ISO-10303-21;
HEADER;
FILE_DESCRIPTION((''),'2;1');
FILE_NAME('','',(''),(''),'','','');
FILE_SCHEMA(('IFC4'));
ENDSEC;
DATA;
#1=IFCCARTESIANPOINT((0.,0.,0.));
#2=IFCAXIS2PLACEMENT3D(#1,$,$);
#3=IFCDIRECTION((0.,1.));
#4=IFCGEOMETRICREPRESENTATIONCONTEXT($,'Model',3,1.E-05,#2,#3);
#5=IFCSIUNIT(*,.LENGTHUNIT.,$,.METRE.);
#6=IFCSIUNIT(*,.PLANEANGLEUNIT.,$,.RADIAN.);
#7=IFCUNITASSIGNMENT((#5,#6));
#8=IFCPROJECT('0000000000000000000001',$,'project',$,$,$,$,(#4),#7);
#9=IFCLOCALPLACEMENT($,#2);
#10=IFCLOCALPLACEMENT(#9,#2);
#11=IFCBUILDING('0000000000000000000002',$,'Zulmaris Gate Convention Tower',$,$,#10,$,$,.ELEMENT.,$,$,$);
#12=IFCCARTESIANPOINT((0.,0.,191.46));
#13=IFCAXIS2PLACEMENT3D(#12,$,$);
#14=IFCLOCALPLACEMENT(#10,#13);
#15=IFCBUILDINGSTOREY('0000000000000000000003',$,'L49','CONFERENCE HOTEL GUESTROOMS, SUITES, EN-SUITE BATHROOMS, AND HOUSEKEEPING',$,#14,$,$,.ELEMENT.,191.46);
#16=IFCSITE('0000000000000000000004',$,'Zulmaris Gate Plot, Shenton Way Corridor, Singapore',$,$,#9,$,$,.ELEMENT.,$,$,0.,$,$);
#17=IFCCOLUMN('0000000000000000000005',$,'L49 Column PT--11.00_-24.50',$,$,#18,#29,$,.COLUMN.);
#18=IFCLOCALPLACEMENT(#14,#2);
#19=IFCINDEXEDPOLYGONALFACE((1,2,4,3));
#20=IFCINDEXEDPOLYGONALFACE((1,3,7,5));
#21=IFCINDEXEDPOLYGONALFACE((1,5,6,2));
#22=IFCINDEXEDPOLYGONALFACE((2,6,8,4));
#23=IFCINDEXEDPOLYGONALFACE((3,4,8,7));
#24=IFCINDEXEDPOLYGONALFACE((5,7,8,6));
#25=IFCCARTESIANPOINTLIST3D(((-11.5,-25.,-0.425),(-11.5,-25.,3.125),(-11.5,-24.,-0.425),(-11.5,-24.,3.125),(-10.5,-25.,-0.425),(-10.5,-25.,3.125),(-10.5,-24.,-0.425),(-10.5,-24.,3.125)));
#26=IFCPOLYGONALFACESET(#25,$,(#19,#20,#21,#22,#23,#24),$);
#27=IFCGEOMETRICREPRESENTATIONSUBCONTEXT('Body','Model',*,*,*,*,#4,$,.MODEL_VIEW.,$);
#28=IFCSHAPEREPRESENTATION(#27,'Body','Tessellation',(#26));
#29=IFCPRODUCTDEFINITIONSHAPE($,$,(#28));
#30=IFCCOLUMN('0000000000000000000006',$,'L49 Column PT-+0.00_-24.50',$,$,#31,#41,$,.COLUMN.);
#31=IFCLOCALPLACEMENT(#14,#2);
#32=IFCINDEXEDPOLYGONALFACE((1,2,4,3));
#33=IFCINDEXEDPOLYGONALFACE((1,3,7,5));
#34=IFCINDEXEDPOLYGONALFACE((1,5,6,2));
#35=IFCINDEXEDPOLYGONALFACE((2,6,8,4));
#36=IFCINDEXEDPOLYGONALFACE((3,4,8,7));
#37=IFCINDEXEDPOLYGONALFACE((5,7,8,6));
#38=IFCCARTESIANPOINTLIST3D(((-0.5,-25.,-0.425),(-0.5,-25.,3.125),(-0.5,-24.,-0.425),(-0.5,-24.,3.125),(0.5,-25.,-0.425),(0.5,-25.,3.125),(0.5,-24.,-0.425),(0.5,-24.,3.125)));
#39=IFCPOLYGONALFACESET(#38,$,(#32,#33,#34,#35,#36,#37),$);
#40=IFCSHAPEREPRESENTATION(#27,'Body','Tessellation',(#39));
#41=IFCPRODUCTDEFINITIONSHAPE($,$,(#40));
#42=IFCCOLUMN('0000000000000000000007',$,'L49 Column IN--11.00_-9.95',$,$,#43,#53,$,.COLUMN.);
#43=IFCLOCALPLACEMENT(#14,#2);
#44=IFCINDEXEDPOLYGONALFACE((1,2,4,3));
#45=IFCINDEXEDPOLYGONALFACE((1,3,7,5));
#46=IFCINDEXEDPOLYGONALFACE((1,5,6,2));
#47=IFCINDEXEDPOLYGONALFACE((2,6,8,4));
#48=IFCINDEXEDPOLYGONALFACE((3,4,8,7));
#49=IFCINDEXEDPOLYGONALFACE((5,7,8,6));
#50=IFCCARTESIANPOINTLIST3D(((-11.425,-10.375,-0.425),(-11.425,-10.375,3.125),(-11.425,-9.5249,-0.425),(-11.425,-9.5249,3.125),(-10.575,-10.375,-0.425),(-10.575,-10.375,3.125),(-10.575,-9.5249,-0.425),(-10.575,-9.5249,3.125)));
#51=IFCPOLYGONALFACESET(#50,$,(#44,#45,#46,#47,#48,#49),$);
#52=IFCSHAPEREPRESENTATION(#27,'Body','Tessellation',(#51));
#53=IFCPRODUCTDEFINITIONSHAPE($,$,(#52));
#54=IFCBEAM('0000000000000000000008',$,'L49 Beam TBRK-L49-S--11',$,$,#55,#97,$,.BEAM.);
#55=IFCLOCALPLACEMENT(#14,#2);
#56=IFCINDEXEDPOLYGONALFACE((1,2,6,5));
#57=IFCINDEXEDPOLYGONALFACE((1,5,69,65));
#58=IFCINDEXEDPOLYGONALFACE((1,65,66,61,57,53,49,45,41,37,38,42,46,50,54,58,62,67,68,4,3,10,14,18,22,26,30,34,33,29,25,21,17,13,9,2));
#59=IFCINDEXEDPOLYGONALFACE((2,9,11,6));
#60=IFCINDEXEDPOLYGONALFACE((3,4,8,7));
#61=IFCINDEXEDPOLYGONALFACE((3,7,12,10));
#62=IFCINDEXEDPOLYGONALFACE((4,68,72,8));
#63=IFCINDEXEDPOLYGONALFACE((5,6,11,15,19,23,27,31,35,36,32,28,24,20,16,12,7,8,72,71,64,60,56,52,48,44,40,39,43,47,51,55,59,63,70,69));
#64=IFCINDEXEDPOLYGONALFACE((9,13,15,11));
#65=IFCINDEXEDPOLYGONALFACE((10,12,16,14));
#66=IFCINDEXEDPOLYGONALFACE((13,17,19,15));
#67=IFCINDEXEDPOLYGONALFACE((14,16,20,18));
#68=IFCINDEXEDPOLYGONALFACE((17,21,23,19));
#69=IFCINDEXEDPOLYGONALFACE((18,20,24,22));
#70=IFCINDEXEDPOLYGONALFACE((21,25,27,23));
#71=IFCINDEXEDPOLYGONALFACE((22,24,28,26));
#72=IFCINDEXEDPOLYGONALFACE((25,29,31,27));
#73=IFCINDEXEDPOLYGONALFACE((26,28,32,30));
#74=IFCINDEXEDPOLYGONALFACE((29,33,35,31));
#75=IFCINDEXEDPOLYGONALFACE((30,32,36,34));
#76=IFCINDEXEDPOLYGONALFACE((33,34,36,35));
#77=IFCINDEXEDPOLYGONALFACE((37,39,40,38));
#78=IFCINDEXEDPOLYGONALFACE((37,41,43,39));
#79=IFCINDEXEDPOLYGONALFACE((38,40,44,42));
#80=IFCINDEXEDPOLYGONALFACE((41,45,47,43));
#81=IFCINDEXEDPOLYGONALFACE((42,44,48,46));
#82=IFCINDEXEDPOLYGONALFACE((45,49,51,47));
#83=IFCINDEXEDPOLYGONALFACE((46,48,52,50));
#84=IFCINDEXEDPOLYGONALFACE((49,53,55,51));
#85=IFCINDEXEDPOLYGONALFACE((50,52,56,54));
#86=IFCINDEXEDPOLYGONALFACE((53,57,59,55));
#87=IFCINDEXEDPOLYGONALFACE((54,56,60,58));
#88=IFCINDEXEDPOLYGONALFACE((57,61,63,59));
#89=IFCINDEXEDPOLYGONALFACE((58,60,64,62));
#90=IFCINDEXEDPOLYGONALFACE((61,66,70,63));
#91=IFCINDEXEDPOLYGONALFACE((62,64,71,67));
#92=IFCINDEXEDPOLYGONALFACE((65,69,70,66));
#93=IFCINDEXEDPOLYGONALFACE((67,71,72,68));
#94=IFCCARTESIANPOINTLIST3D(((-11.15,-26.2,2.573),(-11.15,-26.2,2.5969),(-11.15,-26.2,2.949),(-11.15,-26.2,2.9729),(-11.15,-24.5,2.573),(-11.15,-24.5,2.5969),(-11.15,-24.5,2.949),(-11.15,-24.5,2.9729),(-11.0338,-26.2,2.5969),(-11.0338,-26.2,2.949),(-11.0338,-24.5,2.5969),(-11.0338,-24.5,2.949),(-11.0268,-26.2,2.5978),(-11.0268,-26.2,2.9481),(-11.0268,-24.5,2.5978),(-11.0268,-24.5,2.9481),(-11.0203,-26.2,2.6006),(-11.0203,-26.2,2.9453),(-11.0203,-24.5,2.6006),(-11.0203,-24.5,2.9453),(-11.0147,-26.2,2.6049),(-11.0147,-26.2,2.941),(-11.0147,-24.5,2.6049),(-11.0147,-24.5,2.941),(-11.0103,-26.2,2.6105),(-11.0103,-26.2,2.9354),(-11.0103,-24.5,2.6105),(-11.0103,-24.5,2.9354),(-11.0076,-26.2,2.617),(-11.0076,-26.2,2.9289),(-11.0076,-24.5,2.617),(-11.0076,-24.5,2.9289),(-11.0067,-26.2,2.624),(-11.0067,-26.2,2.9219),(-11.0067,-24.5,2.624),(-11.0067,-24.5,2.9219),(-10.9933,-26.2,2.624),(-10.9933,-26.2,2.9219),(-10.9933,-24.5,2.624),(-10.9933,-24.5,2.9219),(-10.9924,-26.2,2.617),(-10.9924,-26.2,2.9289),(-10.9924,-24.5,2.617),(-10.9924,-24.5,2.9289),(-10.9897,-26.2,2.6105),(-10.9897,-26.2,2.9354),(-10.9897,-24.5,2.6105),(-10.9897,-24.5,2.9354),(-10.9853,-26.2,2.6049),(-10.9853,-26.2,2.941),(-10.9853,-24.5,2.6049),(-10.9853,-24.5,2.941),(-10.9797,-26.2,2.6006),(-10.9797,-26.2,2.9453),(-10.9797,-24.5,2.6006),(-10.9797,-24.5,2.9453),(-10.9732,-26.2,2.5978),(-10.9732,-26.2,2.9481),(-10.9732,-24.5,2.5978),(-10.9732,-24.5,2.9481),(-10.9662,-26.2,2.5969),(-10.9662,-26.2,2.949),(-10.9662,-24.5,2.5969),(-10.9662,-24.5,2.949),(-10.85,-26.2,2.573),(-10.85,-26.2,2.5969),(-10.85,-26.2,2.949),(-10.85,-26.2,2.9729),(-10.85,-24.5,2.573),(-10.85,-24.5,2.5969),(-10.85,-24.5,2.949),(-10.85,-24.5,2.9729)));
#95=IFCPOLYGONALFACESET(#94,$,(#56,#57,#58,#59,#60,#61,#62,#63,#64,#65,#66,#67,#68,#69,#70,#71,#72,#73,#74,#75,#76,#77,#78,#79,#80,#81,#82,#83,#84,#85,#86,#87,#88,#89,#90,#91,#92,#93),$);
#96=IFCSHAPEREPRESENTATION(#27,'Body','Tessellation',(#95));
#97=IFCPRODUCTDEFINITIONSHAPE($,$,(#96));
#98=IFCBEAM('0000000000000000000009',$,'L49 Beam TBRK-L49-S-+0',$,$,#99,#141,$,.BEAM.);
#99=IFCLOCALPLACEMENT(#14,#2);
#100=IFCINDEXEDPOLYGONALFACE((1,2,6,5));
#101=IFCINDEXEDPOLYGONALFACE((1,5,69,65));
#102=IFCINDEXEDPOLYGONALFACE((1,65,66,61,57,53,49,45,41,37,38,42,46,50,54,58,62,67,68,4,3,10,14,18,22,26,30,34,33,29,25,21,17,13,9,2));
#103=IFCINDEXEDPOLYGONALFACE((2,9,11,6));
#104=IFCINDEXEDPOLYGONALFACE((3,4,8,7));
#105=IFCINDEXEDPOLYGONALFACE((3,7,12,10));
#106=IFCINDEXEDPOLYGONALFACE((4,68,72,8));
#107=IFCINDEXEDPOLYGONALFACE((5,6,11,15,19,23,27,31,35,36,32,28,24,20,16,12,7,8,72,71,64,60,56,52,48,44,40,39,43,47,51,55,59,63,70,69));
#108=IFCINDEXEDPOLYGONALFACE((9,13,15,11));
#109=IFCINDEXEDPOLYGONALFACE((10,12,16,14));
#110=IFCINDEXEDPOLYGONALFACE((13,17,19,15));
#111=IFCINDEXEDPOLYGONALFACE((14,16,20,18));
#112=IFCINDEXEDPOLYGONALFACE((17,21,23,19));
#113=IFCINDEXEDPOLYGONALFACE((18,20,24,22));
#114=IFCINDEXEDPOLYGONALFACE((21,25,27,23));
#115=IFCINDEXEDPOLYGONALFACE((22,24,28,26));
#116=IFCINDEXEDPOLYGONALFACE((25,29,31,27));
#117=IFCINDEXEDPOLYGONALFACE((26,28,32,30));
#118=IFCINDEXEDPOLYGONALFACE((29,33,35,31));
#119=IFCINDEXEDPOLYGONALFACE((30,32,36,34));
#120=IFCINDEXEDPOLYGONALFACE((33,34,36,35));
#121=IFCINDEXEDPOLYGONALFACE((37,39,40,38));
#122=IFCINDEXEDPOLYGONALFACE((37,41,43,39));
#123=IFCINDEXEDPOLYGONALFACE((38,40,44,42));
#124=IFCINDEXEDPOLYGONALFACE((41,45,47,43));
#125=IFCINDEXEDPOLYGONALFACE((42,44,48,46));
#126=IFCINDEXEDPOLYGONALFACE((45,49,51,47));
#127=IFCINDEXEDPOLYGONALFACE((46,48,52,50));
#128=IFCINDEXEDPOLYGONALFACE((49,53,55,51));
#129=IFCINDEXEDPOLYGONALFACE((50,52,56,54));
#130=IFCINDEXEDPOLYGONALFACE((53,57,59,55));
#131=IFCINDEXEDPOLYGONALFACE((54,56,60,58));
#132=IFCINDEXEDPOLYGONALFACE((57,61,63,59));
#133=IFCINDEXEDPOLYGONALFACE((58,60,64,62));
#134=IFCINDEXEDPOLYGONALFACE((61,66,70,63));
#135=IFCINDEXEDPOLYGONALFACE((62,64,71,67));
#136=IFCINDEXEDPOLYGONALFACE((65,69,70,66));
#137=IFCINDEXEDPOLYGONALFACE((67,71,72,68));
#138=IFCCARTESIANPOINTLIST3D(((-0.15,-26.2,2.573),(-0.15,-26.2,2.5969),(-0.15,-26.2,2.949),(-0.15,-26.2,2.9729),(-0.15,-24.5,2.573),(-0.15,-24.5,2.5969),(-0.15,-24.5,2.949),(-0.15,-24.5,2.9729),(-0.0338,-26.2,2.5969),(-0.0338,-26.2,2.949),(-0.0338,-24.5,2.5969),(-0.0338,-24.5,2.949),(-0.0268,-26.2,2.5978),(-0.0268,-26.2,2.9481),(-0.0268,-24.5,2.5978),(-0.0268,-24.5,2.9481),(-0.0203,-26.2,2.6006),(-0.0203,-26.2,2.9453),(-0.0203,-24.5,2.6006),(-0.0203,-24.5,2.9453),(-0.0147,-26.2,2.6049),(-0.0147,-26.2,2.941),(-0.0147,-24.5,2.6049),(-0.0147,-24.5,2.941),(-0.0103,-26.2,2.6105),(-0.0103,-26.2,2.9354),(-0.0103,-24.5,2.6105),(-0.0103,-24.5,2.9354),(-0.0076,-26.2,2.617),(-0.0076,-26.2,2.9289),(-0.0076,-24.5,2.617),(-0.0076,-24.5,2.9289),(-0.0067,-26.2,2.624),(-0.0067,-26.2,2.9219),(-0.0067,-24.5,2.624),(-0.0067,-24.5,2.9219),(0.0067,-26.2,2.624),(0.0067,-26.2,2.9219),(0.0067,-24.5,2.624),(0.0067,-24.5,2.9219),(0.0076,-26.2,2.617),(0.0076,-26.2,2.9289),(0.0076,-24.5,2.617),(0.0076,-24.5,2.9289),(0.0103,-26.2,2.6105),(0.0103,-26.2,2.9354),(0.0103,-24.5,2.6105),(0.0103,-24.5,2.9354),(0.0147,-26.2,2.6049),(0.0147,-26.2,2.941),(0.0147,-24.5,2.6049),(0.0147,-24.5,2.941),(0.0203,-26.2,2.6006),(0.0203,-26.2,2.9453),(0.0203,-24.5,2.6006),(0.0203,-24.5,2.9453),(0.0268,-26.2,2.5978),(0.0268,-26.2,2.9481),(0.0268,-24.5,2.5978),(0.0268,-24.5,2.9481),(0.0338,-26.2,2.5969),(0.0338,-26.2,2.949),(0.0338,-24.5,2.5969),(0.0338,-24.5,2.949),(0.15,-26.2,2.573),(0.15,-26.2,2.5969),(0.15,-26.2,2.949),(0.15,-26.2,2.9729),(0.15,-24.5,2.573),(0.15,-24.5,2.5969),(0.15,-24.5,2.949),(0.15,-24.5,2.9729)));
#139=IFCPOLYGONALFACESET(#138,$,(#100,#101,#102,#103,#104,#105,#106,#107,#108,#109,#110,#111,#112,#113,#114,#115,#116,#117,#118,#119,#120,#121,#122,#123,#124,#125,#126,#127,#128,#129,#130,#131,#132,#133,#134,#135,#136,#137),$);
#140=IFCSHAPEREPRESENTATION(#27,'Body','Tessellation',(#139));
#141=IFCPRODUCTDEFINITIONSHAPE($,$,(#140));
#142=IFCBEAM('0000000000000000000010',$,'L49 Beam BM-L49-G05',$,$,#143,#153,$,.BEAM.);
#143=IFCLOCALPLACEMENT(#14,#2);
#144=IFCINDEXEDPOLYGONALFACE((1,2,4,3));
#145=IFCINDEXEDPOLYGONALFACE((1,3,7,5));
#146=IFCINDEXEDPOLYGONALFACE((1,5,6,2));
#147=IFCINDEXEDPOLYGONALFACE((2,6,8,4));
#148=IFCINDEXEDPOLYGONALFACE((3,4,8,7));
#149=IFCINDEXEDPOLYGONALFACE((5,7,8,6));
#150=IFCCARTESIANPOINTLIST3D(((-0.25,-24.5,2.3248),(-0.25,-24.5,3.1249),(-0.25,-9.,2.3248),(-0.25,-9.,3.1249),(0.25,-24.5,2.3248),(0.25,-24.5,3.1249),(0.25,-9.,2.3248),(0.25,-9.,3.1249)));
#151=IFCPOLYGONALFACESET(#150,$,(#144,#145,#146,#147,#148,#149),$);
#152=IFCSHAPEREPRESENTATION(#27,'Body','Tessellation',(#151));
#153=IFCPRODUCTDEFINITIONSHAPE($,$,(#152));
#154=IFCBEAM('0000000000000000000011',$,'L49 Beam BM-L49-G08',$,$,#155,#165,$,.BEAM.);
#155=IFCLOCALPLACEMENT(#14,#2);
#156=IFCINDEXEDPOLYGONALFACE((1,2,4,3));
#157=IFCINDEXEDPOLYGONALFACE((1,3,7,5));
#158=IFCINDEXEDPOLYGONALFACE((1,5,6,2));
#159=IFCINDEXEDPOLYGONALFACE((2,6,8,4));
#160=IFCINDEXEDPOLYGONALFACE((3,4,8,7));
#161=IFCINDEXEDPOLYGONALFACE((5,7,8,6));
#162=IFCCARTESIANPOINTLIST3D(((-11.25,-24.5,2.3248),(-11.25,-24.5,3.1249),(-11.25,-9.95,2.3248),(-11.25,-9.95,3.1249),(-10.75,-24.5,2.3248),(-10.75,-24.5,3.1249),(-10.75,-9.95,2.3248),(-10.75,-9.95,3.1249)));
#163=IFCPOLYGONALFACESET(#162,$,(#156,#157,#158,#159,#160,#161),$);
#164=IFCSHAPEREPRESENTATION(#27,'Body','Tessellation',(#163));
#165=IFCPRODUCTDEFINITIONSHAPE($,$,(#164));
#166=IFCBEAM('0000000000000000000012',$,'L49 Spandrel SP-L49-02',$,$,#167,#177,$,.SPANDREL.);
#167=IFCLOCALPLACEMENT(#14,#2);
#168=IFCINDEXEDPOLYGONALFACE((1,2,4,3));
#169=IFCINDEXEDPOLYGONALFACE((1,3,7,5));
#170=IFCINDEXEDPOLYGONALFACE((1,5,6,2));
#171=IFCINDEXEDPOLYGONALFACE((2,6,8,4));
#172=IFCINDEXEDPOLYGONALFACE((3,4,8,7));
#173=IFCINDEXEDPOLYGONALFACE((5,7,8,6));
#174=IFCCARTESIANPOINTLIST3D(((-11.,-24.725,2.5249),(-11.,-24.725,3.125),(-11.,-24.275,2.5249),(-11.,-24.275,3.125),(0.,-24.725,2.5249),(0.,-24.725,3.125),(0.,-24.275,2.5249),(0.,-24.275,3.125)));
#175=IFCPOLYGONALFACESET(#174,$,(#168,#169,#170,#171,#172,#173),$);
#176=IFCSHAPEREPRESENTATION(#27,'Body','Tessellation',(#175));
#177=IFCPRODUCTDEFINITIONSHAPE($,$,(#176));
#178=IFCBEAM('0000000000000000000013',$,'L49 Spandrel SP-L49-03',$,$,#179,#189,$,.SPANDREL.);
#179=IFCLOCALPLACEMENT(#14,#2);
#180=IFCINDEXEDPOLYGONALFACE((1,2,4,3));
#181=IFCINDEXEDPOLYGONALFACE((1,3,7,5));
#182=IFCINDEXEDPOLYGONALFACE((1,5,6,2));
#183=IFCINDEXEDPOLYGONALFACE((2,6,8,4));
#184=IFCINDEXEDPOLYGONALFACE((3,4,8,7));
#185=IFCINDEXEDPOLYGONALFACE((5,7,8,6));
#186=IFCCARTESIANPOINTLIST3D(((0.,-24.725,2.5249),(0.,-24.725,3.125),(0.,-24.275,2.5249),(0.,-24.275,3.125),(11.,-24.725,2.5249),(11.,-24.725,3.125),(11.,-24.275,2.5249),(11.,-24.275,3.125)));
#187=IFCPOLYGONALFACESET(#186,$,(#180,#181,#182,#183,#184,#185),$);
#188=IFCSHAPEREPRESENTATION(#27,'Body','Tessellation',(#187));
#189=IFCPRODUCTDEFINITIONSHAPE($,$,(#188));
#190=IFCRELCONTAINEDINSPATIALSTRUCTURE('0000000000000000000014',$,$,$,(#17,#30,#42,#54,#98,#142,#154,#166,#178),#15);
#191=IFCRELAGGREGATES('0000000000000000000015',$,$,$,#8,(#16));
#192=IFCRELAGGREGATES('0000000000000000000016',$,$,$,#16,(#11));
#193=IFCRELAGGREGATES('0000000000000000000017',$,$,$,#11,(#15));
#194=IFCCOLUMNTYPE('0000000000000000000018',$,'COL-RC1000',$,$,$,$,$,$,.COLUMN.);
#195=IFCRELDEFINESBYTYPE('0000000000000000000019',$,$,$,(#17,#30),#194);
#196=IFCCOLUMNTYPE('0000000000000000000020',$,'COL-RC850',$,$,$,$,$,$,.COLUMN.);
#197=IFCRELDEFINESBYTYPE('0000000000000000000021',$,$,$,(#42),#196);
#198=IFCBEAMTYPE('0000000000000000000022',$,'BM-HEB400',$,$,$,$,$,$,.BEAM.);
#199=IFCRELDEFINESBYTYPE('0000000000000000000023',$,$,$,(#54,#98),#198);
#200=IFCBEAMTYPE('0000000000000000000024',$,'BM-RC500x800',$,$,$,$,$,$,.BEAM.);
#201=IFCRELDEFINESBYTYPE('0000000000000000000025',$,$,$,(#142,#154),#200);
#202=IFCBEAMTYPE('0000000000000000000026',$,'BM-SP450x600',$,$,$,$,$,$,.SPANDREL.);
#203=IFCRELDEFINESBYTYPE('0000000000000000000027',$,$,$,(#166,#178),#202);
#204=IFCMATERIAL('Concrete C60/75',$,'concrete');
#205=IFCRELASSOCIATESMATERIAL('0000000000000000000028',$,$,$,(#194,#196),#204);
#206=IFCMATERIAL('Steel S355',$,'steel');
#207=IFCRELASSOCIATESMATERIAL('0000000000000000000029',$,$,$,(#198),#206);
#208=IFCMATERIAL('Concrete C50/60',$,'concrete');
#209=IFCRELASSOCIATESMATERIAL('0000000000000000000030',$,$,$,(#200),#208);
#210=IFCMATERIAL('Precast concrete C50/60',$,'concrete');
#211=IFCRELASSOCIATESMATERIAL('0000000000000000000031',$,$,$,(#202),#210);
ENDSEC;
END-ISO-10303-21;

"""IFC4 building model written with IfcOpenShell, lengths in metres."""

from ifc_helpers import new_model, si_unit, direction, frame, origin, origin_2d, place, context, subcontext, project, spatial, rectangle, i_section, extrude, material, material_profile, profile_set, type_object, element, save


model = new_model("IFC4")

# Units and contexts
model_context = context("Model", 3, precision=1e-05, world=origin(), true_north=direction((0.0, 1.0)))
body_context = subcontext(model_context, "Body", "Model", "MODEL_VIEW")
ifc_project = project(units=[si_unit("LENGTHUNIT", "METRE"), si_unit("PLANEANGLEUNIT", "RADIAN")], contexts=[model_context])

# Site, building, storey
site_placement = place(None, origin())
site = spatial("IfcSite", under=ifc_project, at=site_placement, Name="Zulmaris Gate Plot, Shenton Way Corridor, Singapore", CompositionType="ELEMENT", RefElevation=0.0)
building_placement = place(site_placement, origin())
building = spatial("IfcBuilding", under=site, at=building_placement, Name="Zulmaris Gate Convention Tower", CompositionType="ELEMENT")
storey_placement = place(building_placement, frame((0.0, 0.0, 191.46)))
storey = spatial("IfcBuildingStorey", under=building, at=storey_placement, Name="L49", Description="CONFERENCE HOTEL GUESTROOMS, SUITES, EN-SUITE BATHROOMS, AND HOUSEKEEPING", CompositionType="ELEMENT", Elevation=191.46)

# Columns
ifc_material_1 = material(Name="Concrete C60/75", Category="concrete")
ifc_material_profile_1 = material_profile(ifc_material_1, rectangle(XDim=1.0, YDim=1.0, at=origin_2d()), Name="RC COL 1000x1000")
ifc_profile_set_1 = profile_set([ifc_material_profile_1], Name="Concrete C60/75")
column_type_1 = type_object("IfcColumnType", Name="COL-RC1000", PredefinedType="COLUMN", material=ifc_profile_set_1)
for number, where, z_axis, x_axis, name in (
    (1, (-11.0, -24.5, -0.425), (0.0, 0.0, 1.0), (1.0, 0.0, 0.0), "L49 Column PT--11.00_-24.50"),
    (2, (0.0, -24.5, -0.425), (0.0, 0.0, 1.0), (1.0, 0.0, 0.0), "L49 Column PT-+0.00_-24.50"),
):
    element("IfcColumn", number, at=place(storey_placement, frame(where, z_axis=z_axis, x_axis=x_axis)), inside=storey, type_object=column_type_1, Name=name, PredefinedType="COLUMN", context=body_context, shape_type="SweptSolid", body=[
        extrude(rectangle(XDim=1.0, YDim=1.0, at=origin_2d()), origin(), (0.0, 0.0, 1.0), 3.55),
    ])
ifc_material_profile_2 = material_profile(ifc_material_1, rectangle(XDim=0.8501, YDim=0.8501, at=origin_2d()), Name="RC COL 850x850")
ifc_profile_set_2 = profile_set([ifc_material_profile_2], Name="Concrete C60/75")
column_type_2 = type_object("IfcColumnType", Name="COL-RC850", PredefinedType="COLUMN", material=ifc_profile_set_2)
column_placement = place(storey_placement, frame((-11.0, -9.95, -0.425), z_axis=(0.0, 0.0, 1.0), x_axis=(1.0, 0.0, 0.0)))
element("IfcColumn", 3, at=column_placement, inside=storey, type_object=column_type_2, Name="L49 Column IN--11.00_-9.95", PredefinedType="COLUMN", context=body_context, shape_type="SweptSolid", body=[
    extrude(rectangle(XDim=0.8501, YDim=0.8501, at=origin_2d()), origin(), (0.0, 0.0, 1.0), 3.55),
])

# Beams
ifc_material_2 = material(Name="Steel S355", Category="steel")
ifc_material_profile_3 = material_profile(ifc_material_2, i_section(OverallWidth=0.3, OverallDepth=0.3999, WebThickness=0.0134, FlangeThickness=0.0239, FilletRadius=0.0271, at=origin_2d()), Name="HEB 400")
ifc_profile_set_3 = profile_set([ifc_material_profile_3], Name="Steel S355")
beam_type_1 = type_object("IfcBeamType", Name="BM-HEB400", PredefinedType="BEAM", material=ifc_profile_set_3)
for number, where, z_axis, x_axis, name in (
    (4, (-11.0, -26.2, 2.7729), (0.0, 1.0, 0.0), (-1.0, 0.0, 0.0), "L49 Beam TBRK-L49-S--11"),
    (5, (0.0, -26.2, 2.7729), (0.0, 1.0, 0.0), (-1.0, 0.0, 0.0), "L49 Beam TBRK-L49-S-+0"),
):
    element("IfcBeam", number, at=place(storey_placement, frame(where, z_axis=z_axis, x_axis=x_axis)), inside=storey, type_object=beam_type_1, Name=name, PredefinedType="BEAM", context=body_context, shape_type="SweptSolid", body=[
        extrude(i_section(OverallWidth=0.3, OverallDepth=0.3999, WebThickness=0.0134, FlangeThickness=0.0239, FilletRadius=0.0271, at=origin_2d()), origin(), (0.0, 0.0, 1.0), 1.7),
    ])
ifc_material_3 = material(Name="Concrete C50/60", Category="concrete")
ifc_material_profile_4 = material_profile(ifc_material_3, rectangle(XDim=0.5, YDim=0.8, at=origin_2d()), Name="RC BEAM 500x800")
ifc_profile_set_4 = profile_set([ifc_material_profile_4], Name="Concrete C50/60")
beam_type_2 = type_object("IfcBeamType", Name="BM-RC500x800", PredefinedType="BEAM", material=ifc_profile_set_4)
beam_1_placement = place(storey_placement, frame((0.0, -24.5, 2.7249), z_axis=(0.0, 1.0, 0.0), x_axis=(-1.0, 0.0, 0.0)))
element("IfcBeam", 6, at=beam_1_placement, inside=storey, type_object=beam_type_2, Name="L49 Beam BM-L49-G05", PredefinedType="BEAM", context=body_context, shape_type="SweptSolid", body=[
    extrude(rectangle(XDim=0.5, YDim=0.8, at=origin_2d()), origin(), (0.0, 0.0, 1.0), 15.5),
])
beam_2_placement = place(storey_placement, frame((-11.0, -24.5, 2.7249), z_axis=(0.0, 1.0, 0.0), x_axis=(-1.0, 0.0, 0.0)))
element("IfcBeam", 7, at=beam_2_placement, inside=storey, type_object=beam_type_2, Name="L49 Beam BM-L49-G08", PredefinedType="BEAM", context=body_context, shape_type="SweptSolid", body=[
    extrude(rectangle(XDim=0.5, YDim=0.8, at=origin_2d()), origin(), (0.0, 0.0, 1.0), 14.55),
])
ifc_material_4 = material(Name="Precast concrete C50/60", Category="concrete")
ifc_material_profile_5 = material_profile(ifc_material_4, rectangle(XDim=0.45, YDim=0.6001, at=origin_2d()), Name="RC SPANDREL 450x600")
ifc_profile_set_5 = profile_set([ifc_material_profile_5], Name="Precast concrete C50/60")
beam_type_3 = type_object("IfcBeamType", Name="BM-SP450x600", PredefinedType="SPANDREL", material=ifc_profile_set_5)
for number, where, z_axis, x_axis, name in (
    (8, (-11.0, -24.5, 2.825), (1.0, 0.0, 0.0), (0.0, 1.0, 0.0), "L49 Spandrel SP-L49-02"),
    (9, (0.0, -24.5, 2.825), (1.0, 0.0, 0.0), (0.0, 1.0, 0.0), "L49 Spandrel SP-L49-03"),
):
    element("IfcBeam", number, at=place(storey_placement, frame(where, z_axis=z_axis, x_axis=x_axis)), inside=storey, type_object=beam_type_3, Name=name, PredefinedType="SPANDREL", context=body_context, shape_type="SweptSolid", body=[
        extrude(rectangle(XDim=0.45, YDim=0.6001, at=origin_2d()), origin(), (0.0, 0.0, 1.0), 11.0),
    ])

save(model, "model.ifc")
